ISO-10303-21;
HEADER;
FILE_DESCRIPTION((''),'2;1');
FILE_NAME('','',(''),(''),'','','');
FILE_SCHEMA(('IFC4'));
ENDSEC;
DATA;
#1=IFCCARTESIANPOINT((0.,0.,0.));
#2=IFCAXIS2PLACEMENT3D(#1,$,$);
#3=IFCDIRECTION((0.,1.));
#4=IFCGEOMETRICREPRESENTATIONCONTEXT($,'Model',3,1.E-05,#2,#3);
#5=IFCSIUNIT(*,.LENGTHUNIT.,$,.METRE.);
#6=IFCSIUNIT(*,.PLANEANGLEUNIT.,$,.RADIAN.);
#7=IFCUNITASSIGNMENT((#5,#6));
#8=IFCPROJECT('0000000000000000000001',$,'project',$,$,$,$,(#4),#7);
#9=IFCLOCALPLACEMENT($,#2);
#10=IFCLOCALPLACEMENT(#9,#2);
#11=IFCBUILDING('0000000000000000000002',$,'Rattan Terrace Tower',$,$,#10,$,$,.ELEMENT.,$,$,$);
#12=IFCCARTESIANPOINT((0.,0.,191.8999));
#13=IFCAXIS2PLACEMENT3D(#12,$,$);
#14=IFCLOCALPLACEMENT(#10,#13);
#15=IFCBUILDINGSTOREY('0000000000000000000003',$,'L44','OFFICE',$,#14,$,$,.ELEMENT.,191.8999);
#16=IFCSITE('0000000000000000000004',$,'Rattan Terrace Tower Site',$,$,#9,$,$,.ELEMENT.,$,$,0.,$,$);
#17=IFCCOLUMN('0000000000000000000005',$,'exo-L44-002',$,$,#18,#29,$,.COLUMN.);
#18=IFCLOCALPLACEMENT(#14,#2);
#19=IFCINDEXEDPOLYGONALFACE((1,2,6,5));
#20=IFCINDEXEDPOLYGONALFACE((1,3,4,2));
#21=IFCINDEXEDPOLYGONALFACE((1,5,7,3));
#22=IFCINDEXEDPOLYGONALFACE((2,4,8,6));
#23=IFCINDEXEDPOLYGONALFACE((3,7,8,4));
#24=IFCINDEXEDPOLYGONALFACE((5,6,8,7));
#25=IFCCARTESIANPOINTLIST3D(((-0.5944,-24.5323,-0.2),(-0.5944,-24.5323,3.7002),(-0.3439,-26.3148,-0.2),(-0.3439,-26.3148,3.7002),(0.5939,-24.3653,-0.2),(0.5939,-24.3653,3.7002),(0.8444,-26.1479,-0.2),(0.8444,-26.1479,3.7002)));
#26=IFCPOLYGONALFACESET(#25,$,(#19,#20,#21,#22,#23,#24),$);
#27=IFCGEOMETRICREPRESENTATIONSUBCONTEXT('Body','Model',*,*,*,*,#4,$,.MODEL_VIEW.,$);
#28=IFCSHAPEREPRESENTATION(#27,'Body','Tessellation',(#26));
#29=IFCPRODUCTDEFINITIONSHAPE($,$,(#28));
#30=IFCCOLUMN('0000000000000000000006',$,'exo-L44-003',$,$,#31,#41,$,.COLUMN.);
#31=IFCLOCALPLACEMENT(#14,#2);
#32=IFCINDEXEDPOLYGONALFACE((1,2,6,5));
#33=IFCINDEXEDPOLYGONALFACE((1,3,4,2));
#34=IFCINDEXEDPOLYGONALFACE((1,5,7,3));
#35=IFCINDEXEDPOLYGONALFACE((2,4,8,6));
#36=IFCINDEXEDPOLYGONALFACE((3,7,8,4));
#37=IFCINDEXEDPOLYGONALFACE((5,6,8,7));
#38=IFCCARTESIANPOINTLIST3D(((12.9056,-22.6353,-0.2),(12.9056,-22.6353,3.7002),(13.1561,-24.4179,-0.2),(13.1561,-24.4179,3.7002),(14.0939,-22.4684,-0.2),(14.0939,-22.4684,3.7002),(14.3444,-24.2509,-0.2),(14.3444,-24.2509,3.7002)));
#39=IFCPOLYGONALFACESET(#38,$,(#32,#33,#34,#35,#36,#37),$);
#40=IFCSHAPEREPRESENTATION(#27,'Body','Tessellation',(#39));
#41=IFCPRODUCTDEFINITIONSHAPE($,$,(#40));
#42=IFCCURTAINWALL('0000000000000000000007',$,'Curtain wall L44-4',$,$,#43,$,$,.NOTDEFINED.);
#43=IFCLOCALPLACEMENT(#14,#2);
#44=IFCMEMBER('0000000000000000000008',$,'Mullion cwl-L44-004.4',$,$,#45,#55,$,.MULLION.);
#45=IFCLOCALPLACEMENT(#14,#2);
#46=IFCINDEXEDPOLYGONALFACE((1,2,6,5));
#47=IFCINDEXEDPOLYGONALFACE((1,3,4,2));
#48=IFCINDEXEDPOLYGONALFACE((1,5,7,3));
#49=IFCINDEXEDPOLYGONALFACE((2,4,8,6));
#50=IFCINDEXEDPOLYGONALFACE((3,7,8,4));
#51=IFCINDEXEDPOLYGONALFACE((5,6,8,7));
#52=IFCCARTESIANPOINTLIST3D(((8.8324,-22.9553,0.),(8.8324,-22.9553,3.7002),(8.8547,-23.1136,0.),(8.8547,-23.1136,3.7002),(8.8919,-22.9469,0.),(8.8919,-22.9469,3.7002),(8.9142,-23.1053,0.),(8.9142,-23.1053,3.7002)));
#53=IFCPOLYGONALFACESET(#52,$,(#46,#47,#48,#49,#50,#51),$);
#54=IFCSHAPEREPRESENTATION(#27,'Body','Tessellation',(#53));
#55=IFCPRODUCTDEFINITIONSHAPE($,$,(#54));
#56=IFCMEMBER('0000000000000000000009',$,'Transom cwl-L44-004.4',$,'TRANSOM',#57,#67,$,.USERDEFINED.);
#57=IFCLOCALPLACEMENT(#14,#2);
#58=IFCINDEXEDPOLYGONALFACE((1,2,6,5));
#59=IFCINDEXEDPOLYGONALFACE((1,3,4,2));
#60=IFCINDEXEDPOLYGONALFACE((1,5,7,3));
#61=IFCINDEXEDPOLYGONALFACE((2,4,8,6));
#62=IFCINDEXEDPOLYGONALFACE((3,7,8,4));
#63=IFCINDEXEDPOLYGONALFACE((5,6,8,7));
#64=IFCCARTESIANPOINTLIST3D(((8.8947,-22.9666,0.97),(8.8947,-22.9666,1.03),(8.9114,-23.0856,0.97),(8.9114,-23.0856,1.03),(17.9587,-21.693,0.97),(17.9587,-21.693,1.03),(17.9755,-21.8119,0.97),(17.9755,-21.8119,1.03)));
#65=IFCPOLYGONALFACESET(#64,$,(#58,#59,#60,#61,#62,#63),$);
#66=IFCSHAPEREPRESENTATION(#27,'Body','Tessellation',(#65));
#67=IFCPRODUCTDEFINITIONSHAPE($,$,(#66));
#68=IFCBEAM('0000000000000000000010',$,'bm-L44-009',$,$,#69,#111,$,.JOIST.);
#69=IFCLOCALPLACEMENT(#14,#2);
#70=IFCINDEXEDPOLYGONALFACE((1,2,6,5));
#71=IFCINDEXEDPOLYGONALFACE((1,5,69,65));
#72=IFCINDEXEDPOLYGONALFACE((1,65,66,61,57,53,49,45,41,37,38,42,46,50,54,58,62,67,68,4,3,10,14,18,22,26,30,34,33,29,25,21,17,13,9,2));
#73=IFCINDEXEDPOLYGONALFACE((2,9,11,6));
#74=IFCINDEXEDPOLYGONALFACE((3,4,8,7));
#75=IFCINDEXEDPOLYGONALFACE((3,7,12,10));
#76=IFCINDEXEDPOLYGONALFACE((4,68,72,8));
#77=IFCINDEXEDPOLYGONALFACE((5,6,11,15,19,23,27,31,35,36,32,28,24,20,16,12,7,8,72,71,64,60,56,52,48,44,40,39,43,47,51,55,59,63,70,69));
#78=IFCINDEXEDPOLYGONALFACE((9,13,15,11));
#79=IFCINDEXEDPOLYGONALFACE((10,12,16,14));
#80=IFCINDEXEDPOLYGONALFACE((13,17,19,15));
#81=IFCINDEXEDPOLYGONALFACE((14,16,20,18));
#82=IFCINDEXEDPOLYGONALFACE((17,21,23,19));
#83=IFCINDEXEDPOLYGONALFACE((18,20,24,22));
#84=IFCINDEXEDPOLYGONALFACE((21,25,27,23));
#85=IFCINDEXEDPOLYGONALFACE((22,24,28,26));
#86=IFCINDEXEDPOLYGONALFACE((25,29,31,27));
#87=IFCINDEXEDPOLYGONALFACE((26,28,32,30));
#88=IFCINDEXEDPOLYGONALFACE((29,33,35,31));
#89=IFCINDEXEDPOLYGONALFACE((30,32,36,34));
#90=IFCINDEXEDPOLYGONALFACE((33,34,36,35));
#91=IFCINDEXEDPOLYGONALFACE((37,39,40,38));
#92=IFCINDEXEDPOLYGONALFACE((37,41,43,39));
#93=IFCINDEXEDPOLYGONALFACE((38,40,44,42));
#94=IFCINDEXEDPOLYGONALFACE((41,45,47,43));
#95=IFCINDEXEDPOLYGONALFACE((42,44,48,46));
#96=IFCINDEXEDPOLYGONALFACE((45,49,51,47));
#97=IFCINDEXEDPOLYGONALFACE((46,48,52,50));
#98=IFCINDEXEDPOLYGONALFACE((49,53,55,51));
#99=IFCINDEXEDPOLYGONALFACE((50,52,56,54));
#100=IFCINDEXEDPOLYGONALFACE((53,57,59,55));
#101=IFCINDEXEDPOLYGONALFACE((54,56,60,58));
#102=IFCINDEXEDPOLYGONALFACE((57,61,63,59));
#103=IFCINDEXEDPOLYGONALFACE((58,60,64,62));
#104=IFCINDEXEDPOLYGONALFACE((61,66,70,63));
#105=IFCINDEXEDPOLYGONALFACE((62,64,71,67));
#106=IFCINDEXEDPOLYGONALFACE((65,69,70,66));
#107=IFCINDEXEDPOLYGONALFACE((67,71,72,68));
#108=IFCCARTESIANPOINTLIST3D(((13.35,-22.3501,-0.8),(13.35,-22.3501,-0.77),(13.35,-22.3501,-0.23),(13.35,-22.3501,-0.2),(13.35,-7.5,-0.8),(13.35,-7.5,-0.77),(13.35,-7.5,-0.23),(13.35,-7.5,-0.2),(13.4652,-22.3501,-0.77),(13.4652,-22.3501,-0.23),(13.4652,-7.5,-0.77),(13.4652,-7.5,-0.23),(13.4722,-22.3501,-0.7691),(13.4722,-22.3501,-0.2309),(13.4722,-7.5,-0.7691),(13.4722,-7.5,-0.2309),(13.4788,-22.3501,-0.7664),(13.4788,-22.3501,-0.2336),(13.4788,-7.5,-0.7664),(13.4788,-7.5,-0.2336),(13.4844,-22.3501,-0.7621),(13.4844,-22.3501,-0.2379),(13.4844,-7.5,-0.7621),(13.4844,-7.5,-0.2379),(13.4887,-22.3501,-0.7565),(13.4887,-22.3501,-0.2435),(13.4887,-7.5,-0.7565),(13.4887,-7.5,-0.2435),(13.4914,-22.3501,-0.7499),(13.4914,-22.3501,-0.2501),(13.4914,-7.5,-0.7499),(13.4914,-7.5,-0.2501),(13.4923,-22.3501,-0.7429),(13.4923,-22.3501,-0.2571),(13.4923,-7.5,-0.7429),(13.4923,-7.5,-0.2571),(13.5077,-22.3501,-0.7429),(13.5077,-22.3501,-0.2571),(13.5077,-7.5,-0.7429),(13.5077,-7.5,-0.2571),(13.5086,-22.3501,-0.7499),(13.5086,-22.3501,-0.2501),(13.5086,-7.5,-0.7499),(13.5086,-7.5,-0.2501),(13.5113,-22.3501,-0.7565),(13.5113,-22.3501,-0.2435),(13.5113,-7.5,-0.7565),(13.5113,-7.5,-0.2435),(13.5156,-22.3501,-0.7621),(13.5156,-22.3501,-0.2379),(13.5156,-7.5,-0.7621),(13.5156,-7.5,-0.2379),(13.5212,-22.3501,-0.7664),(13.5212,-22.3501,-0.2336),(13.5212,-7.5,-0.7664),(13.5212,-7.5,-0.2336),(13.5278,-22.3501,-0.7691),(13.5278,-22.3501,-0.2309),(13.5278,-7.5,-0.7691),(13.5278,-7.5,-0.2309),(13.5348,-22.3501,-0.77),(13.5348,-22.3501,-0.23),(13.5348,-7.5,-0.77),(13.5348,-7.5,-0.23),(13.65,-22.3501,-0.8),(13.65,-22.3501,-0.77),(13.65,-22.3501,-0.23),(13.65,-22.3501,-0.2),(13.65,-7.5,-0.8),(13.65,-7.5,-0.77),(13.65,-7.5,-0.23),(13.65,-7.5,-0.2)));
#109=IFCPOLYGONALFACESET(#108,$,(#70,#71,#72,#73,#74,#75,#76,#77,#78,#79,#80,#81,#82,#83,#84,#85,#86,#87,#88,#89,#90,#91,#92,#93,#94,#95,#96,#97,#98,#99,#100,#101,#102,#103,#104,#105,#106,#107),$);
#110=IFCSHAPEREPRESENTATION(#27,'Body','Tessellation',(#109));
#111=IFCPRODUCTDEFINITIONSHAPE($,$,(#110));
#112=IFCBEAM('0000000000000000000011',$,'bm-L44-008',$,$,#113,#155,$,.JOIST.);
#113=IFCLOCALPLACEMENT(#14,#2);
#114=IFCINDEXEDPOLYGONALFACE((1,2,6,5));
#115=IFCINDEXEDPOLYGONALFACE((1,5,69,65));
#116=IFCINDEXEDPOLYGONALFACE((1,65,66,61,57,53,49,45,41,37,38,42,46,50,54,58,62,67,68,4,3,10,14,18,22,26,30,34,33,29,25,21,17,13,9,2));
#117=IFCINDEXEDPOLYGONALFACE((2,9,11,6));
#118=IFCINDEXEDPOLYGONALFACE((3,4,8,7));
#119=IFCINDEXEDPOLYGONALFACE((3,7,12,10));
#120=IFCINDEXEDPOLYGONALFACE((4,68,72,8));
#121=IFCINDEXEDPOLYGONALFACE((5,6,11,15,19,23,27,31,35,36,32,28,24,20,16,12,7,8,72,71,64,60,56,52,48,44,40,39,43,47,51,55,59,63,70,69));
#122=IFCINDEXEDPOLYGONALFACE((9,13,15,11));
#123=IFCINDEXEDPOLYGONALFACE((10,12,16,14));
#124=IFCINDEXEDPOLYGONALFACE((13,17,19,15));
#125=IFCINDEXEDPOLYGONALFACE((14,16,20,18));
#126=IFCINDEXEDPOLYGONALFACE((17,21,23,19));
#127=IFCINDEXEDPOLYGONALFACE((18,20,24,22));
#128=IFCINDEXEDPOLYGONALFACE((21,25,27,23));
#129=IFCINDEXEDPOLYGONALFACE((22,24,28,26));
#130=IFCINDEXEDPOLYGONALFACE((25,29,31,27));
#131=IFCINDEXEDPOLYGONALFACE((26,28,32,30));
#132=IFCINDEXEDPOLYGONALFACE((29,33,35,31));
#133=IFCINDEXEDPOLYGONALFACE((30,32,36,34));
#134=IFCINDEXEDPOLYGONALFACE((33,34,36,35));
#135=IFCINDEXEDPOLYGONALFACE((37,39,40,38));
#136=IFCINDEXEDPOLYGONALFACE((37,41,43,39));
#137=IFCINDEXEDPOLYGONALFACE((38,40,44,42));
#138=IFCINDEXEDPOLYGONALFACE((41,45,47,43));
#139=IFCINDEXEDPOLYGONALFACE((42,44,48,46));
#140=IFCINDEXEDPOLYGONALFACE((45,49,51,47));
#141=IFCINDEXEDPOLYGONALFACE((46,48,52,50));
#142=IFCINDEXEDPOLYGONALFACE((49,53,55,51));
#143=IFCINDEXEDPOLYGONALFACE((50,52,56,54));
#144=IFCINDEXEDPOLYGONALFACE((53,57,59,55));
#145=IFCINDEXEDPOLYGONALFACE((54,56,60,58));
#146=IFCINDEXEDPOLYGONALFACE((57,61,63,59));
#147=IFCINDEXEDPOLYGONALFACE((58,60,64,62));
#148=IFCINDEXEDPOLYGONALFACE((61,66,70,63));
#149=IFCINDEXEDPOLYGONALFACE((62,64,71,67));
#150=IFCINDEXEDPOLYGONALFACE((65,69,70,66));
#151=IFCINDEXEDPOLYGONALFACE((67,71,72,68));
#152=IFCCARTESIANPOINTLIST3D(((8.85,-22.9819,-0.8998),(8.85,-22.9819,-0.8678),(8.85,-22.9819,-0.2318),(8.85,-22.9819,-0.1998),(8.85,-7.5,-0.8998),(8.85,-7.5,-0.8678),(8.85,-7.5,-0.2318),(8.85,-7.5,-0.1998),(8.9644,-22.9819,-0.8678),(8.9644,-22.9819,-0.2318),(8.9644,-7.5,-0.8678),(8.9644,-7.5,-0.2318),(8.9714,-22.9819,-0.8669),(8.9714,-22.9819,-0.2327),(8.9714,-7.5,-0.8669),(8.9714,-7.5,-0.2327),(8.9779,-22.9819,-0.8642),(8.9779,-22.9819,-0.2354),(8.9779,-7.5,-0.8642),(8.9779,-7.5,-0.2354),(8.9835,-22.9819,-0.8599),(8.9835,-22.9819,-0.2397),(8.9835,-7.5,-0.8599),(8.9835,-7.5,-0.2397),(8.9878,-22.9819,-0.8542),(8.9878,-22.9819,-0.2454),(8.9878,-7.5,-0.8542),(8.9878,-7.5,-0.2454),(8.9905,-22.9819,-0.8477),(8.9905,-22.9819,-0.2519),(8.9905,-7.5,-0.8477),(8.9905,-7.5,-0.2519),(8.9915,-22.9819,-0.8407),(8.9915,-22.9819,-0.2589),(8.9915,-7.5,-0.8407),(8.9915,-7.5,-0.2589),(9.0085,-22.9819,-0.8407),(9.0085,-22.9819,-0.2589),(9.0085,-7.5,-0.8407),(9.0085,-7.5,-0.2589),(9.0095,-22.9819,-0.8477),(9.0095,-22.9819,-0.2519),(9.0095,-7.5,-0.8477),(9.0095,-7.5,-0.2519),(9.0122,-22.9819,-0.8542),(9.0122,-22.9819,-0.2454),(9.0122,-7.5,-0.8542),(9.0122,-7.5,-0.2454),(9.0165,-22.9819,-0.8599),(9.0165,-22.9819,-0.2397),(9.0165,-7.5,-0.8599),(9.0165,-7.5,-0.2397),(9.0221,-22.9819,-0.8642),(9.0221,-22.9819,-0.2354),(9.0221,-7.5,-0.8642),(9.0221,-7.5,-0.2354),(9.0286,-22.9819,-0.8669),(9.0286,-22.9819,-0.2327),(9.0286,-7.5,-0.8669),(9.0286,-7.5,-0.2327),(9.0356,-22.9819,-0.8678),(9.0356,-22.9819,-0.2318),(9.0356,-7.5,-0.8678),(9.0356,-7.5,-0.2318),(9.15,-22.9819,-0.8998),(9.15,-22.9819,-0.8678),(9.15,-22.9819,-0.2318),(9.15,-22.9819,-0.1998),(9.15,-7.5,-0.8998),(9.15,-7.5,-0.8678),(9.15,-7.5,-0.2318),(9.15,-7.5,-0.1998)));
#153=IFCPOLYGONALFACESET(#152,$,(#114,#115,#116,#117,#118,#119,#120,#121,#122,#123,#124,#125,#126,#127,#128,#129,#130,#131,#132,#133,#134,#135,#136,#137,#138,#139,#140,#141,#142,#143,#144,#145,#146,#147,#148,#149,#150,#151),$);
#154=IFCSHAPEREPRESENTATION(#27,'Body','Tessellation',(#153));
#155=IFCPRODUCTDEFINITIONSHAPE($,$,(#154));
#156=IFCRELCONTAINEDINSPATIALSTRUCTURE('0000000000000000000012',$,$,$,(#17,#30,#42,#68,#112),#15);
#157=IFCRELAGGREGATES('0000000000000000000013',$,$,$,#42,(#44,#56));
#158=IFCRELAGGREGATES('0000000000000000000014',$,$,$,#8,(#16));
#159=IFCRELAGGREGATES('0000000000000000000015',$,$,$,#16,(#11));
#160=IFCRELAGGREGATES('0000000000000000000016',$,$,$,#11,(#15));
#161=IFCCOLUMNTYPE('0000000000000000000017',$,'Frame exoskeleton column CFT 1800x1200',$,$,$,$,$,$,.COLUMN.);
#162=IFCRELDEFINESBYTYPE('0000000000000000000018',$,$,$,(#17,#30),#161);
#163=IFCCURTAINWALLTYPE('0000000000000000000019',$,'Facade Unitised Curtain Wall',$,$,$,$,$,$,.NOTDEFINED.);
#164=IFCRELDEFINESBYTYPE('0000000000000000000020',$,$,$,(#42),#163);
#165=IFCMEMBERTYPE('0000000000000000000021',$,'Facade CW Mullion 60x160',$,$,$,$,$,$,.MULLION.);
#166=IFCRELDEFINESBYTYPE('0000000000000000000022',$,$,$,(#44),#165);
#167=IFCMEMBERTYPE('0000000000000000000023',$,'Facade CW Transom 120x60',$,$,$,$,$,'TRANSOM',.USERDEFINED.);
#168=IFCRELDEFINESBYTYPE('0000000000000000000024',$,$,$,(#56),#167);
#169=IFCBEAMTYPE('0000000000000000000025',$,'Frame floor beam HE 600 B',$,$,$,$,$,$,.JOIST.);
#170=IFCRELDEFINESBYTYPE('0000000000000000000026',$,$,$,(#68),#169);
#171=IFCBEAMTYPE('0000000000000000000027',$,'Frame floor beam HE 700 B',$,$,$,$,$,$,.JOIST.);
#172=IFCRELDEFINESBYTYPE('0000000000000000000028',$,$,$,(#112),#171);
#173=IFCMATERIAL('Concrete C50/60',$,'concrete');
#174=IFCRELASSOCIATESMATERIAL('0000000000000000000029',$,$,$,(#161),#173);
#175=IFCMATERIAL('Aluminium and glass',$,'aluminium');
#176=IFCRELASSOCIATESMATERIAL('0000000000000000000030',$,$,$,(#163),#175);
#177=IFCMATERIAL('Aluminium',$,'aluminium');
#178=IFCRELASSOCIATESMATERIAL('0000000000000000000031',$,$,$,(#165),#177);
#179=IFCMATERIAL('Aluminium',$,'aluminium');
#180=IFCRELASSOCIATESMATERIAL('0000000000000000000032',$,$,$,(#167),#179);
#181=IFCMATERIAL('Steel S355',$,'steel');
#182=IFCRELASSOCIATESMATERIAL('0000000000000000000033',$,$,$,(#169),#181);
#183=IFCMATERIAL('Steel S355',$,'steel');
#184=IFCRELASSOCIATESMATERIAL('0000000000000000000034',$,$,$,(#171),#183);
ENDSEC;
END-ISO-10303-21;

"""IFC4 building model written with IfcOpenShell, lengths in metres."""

from ifc_helpers import new_model, si_unit, direction, frame, origin, origin_2d, place, context, subcontext, project, spatial, rectangle, i_section, extrude, material, material_profile, profile_set, type_object, element, aggregate, save


model = new_model("IFC4")

# Units and contexts
model_context = context("Model", 3, precision=1e-05, world=origin(), true_north=direction((0.0, 1.0)))
body_context = subcontext(model_context, "Body", "Model", "MODEL_VIEW")
ifc_project = project(units=[si_unit("LENGTHUNIT", "METRE"), si_unit("PLANEANGLEUNIT", "RADIAN")], contexts=[model_context])

# Site, building, storey
site_placement = place(None, origin())
site = spatial("IfcSite", under=ifc_project, at=site_placement, Name="Rattan Terrace Tower Site", CompositionType="ELEMENT", RefElevation=0.0)
building_placement = place(site_placement, origin())
building = spatial("IfcBuilding", under=site, at=building_placement, Name="Rattan Terrace Tower", CompositionType="ELEMENT")
storey_placement = place(building_placement, frame((0.0, 0.0, 191.8999)))
storey = spatial("IfcBuildingStorey", under=building, at=storey_placement, Name="L44", Description="OFFICE", CompositionType="ELEMENT", Elevation=191.8999)

# Columns
ifc_material_1 = material(Name="Concrete C50/60", Category="concrete")
ifc_material_profile_1 = material_profile(ifc_material_1, rectangle(XDim=1.2, YDim=1.8, at=origin_2d()), Name="CFT 1800x1200")
ifc_profile_set_1 = profile_set([ifc_material_profile_1], Name="Concrete C50/60")
column_type = type_object("IfcColumnType", Name="Frame exoskeleton column CFT 1800x1200", PredefinedType="COLUMN", material=ifc_profile_set_1)
for number, where, z_axis, x_axis, name in (
    (1, (0.125, -25.3401, -0.2), (0.0, 0.0, 1.0), (0.99027, 0.139156, 0.0), "exo-L44-002"),
    (2, (13.625, -23.4431, -0.2), (0.0, 0.0, 1.0), (0.99027, 0.139156, 0.0), "exo-L44-003"),
):
    element("IfcColumn", number, at=place(storey_placement, frame(where, z_axis=z_axis, x_axis=x_axis)), inside=storey, type_object=column_type, Name=name, PredefinedType="COLUMN", context=body_context, shape_type="SweptSolid", body=[
        extrude(rectangle(XDim=1.2, YDim=1.8, at=origin_2d()), origin(), (0.0, 0.0, 1.0), 3.9001),
    ])

# Curtain wall, members
ifc_material_2 = material(Name="Aluminium and glass", Category="aluminium")
curtain_wall_type = type_object("IfcCurtainWallType", Name="Facade Unitised Curtain Wall", PredefinedType="NOTDEFINED", material=ifc_material_2)
curtain_wall_placement = place(storey_placement, origin())
curtain_wall = element("IfcCurtainWall", 3, at=curtain_wall_placement, inside=storey, type_object=curtain_wall_type, Name="Curtain wall L44-4", PredefinedType="NOTDEFINED")
ifc_material_3 = material(Name="Aluminium", Category="aluminium")
ifc_material_profile_2 = material_profile(ifc_material_3, rectangle(XDim=0.0601, YDim=0.1599, at=origin_2d()), Name="Aluminium 60x160")
ifc_profile_set_2 = profile_set([ifc_material_profile_2], Name="Aluminium")
member_type_1 = type_object("IfcMemberType", Name="Facade CW Mullion 60x160", PredefinedType="MULLION", material=ifc_profile_set_2)
member_1_placement = place(storey_placement, frame((8.8733, -23.0303, 0.0), z_axis=(0.0, 0.0, 1.0), x_axis=(0.99027, 0.139161, 0.0)))
member_1 = element("IfcMember", 4, at=member_1_placement, type_object=member_type_1, Name="Mullion cwl-L44-004.4", PredefinedType="MULLION", context=body_context, shape_type="SweptSolid", body=[
    extrude(rectangle(XDim=0.0601, YDim=0.1599, at=origin_2d()), origin(), (0.0, 0.0, 1.0), 3.7002),
])
ifc_material_4 = material(Name="Aluminium", Category="aluminium")
ifc_material_profile_3 = material_profile(ifc_material_4, rectangle(XDim=0.1201, YDim=0.0601, at=origin_2d()), Name="Aluminium 120x60")
ifc_profile_set_3 = profile_set([ifc_material_profile_3], Name="Aluminium")
member_type_2 = type_object("IfcMemberType", Name="Facade CW Transom 120x60", ElementType="TRANSOM", PredefinedType="USERDEFINED", material=ifc_profile_set_3)
member_2_placement = place(storey_placement, frame((8.9031, -23.0261, 1.0), z_axis=(0.990271, 0.139154, 0.0), x_axis=(-0.139154, 0.990271, 0.0)))
member_2 = element("IfcMember", 5, at=member_2_placement, type_object=member_type_2, Name="Transom cwl-L44-004.4", ObjectType="TRANSOM", PredefinedType="USERDEFINED", context=body_context, shape_type="SweptSolid", body=[
    extrude(rectangle(XDim=0.1201, YDim=0.0601, at=origin_2d()), origin(), (0.0, 0.0, 1.0), 9.1531),
])

# Beams
ifc_material_5 = material(Name="Steel S355", Category="steel")
ifc_material_profile_4 = material_profile(ifc_material_5, i_section(OverallWidth=0.3, OverallDepth=0.6001, WebThickness=0.0154, FlangeThickness=0.03, FilletRadius=0.0271, at=origin_2d()), Name="HE 600 B")
ifc_profile_set_4 = profile_set([ifc_material_profile_4], Name="Steel S355")
beam_type_1 = type_object("IfcBeamType", Name="Frame floor beam HE 600 B", PredefinedType="JOIST", material=ifc_profile_set_4)
beam_1_placement = place(storey_placement, frame((13.5, -22.3501, -0.5), z_axis=(0.0, 1.0, 0.0), x_axis=(-1.0, 0.0, 0.0)))
element("IfcBeam", 6, at=beam_1_placement, inside=storey, type_object=beam_type_1, Name="bm-L44-009", PredefinedType="JOIST", context=body_context, shape_type="SweptSolid", body=[
    extrude(i_section(OverallWidth=0.3, OverallDepth=0.6001, WebThickness=0.0154, FlangeThickness=0.03, FilletRadius=0.0271, at=origin_2d()), origin(), (0.0, 0.0, 1.0), 14.8501),
])
ifc_material_6 = material(Name="Steel S355", Category="steel")
ifc_material_profile_5 = material_profile(ifc_material_6, i_section(OverallWidth=0.3, OverallDepth=0.7, WebThickness=0.0171, FlangeThickness=0.032, FilletRadius=0.0271, at=origin_2d()), Name="HE 700 B")
ifc_profile_set_5 = profile_set([ifc_material_profile_5], Name="Steel S355")
beam_type_2 = type_object("IfcBeamType", Name="Frame floor beam HE 700 B", PredefinedType="JOIST", material=ifc_profile_set_5)
beam_2_placement = place(storey_placement, frame((9.0, -22.9819, -0.5498), z_axis=(0.0, 1.0, 0.0), x_axis=(-1.0, 0.0, 0.0)))
element("IfcBeam", 7, at=beam_2_placement, inside=storey, type_object=beam_type_2, Name="bm-L44-008", PredefinedType="JOIST", context=body_context, shape_type="SweptSolid", body=[
    extrude(i_section(OverallWidth=0.3, OverallDepth=0.7, WebThickness=0.0171, FlangeThickness=0.032, FilletRadius=0.0271, at=origin_2d()), origin(), (0.0, 0.0, 1.0), 15.4819),
])

aggregate(curtain_wall, [member_1, member_2])

save(model, "model.ifc")
